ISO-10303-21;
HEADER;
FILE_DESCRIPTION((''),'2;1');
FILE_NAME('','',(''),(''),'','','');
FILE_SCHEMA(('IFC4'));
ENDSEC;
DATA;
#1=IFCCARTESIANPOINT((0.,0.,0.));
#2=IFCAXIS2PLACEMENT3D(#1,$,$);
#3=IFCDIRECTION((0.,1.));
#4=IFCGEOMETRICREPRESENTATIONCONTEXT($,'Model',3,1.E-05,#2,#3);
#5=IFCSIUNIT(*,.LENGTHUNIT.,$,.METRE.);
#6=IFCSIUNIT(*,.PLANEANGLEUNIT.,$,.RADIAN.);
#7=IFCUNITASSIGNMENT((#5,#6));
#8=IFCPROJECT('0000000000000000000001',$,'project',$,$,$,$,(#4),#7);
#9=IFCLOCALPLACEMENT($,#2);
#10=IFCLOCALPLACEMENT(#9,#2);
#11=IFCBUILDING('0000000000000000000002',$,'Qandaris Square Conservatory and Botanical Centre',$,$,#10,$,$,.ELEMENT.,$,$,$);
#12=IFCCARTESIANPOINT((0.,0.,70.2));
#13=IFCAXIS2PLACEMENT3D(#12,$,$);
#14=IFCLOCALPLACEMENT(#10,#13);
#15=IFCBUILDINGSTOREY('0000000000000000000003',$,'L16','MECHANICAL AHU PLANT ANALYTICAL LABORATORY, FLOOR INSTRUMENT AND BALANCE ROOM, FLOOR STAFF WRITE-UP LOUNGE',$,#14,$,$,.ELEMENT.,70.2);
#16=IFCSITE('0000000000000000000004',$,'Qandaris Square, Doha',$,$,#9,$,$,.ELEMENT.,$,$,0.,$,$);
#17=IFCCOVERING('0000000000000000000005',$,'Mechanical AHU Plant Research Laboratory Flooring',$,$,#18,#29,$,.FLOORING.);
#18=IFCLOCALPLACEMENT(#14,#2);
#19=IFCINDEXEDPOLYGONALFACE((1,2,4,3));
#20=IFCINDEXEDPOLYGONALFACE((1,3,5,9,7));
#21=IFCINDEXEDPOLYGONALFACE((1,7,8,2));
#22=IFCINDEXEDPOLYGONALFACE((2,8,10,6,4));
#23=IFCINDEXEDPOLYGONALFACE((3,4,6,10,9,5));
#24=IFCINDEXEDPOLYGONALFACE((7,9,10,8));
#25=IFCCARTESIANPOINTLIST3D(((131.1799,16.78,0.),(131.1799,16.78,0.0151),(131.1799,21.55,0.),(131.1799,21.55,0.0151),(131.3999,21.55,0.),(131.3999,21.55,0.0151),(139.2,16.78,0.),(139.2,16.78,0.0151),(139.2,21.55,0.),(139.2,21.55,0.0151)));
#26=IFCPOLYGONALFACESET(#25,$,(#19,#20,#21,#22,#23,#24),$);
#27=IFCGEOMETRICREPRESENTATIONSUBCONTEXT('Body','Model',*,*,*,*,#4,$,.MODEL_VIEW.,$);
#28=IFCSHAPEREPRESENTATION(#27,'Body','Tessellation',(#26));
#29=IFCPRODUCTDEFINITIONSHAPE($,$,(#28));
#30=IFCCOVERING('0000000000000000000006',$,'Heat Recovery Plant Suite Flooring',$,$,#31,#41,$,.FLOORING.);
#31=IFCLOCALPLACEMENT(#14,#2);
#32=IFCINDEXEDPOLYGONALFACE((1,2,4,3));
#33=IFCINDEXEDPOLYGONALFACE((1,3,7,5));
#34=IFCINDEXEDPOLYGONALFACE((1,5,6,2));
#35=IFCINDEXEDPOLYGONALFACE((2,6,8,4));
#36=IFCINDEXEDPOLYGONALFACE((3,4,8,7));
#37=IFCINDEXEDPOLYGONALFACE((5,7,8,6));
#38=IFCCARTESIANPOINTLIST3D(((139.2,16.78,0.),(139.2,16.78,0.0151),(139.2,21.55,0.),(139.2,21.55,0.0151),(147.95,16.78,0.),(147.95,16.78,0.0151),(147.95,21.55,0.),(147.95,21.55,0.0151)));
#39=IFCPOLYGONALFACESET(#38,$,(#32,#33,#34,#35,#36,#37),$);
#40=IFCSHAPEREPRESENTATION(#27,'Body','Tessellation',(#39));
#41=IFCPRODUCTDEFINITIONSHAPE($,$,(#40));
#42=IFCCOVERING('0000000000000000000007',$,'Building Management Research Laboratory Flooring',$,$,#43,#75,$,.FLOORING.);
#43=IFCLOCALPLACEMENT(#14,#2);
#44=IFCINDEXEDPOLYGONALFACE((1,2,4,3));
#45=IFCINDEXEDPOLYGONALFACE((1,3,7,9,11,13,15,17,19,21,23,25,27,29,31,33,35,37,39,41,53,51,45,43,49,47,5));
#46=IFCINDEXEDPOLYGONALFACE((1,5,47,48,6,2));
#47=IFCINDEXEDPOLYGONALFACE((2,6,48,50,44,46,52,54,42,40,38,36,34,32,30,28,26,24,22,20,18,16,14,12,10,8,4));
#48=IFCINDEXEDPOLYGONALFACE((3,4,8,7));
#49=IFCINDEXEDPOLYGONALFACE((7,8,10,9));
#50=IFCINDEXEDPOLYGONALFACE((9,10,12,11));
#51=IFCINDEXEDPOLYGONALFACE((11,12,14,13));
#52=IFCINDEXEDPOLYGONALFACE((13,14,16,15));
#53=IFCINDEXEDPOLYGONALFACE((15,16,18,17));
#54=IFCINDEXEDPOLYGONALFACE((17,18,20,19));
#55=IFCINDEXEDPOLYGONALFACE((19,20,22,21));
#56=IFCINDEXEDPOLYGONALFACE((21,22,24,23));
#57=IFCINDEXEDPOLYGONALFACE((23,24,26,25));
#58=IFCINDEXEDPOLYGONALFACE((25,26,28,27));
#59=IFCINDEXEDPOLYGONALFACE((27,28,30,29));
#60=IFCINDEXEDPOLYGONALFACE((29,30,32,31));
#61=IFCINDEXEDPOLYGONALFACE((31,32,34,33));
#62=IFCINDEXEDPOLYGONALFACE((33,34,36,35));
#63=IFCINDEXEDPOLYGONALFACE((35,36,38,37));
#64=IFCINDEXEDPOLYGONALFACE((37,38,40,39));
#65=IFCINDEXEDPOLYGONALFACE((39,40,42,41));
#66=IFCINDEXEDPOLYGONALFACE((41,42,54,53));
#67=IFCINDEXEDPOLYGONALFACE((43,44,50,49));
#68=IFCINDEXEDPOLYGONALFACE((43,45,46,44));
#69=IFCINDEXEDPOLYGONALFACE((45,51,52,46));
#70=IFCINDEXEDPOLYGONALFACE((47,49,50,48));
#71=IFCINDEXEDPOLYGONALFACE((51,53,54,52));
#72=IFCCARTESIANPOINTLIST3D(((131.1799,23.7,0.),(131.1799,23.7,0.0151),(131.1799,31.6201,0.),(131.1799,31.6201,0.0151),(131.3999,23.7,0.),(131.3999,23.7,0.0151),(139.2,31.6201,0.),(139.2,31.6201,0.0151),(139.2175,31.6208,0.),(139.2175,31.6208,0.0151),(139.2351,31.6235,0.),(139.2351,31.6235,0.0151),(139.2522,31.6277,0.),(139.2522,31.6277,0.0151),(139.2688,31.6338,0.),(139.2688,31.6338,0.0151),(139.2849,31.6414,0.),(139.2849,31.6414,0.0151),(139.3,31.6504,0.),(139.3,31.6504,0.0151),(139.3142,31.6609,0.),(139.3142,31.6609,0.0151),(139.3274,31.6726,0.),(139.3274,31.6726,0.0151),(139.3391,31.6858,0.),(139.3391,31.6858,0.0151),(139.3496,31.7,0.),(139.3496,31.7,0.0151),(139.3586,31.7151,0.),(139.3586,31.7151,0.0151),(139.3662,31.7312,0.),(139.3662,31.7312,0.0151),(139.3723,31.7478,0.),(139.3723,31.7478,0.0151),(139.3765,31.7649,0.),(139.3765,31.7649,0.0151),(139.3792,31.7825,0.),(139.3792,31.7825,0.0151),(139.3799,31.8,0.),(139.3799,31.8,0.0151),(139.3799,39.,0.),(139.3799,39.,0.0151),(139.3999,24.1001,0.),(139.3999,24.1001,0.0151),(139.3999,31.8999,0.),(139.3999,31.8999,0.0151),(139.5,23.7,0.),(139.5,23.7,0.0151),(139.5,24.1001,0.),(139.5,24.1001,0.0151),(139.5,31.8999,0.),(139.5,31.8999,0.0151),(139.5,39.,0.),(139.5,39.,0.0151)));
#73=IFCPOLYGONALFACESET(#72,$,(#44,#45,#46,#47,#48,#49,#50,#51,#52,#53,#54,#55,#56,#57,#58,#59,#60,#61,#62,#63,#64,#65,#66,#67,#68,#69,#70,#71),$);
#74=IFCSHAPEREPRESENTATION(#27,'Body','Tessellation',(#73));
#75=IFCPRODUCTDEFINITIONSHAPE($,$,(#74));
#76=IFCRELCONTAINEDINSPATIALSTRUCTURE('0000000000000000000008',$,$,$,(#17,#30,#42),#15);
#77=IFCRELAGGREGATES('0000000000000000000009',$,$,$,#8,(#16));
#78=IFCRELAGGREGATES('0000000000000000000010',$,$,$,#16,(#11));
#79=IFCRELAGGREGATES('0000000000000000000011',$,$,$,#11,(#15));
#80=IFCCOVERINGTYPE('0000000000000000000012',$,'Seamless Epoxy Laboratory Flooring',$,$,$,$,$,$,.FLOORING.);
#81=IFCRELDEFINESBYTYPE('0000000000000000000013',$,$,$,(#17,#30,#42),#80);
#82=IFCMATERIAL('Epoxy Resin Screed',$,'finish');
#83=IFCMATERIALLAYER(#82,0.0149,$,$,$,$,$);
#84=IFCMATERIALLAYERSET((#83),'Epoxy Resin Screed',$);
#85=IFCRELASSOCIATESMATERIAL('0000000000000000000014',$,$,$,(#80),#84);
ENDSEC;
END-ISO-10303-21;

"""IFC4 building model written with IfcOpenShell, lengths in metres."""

from ifc_helpers import new_model, si_unit, direction, frame, origin, place, context, subcontext, project, spatial, polyline, outline, extrude, material, layer, layer_set, type_object, element, save


model = new_model("IFC4")

# Units and contexts
model_context = context("Model", 3, precision=1e-05, world=origin(), true_north=direction((0.0, 1.0)))
body_context = subcontext(model_context, "Body", "Model", "MODEL_VIEW")
ifc_project = project(units=[si_unit("LENGTHUNIT", "METRE"), si_unit("PLANEANGLEUNIT", "RADIAN")], contexts=[model_context])

# Site, building, storey
site_placement = place(None, origin())
site = spatial("IfcSite", under=ifc_project, at=site_placement, Name="Qandaris Square, Doha", CompositionType="ELEMENT", RefElevation=0.0)
building_placement = place(site_placement, origin())
building = spatial("IfcBuilding", under=site, at=building_placement, Name="Qandaris Square Conservatory and Botanical Centre", CompositionType="ELEMENT")
storey_placement = place(building_placement, frame((0.0, 0.0, 70.2)))
storey = spatial("IfcBuildingStorey", under=building, at=storey_placement, Name="L16", Description="MECHANICAL AHU PLANT ANALYTICAL LABORATORY, FLOOR INSTRUMENT AND BALANCE ROOM, FLOOR STAFF WRITE-UP LOUNGE", CompositionType="ELEMENT", Elevation=70.2)

# Coverings
ifc_material_1 = material(Name="Epoxy Resin Screed", Category="finish")
ifc_layer_1 = layer(ifc_material_1, 0.0149)
ifc_layer_set_1 = layer_set([ifc_layer_1], Name="Epoxy Resin Screed")
covering_type_1 = type_object("IfcCoveringType", Name="Seamless Epoxy Laboratory Flooring", PredefinedType="FLOORING", material=ifc_layer_set_1)
covering_1_placement = place(storey_placement, origin())
element("IfcCovering", 1, at=covering_1_placement, inside=storey, type_object=covering_type_1, Name="Mechanical AHU Plant Research Laboratory Flooring", PredefinedType="FLOORING", context=body_context, shape_type="SweptSolid", body=[
    extrude(outline(polyline([(131.1799, 16.78), (131.1799, 21.55), (131.3999, 21.55), (139.2, 21.55), (139.2, 16.78), (131.1799, 16.78)])), origin(), (0.0, 0.0, 1.0), 0.0151),
])
covering_2_placement = place(storey_placement, origin())
element("IfcCovering", 2, at=covering_2_placement, inside=storey, type_object=covering_type_1, Name="Heat Recovery Plant Suite Flooring", PredefinedType="FLOORING", context=body_context, shape_type="SweptSolid", body=[
    extrude(outline(polyline([(139.2, 16.78), (139.2, 21.55), (147.95, 21.55), (147.95, 16.78), (139.2, 16.78)])), origin(), (0.0, 0.0, 1.0), 0.0151),
])
covering_3_placement = place(storey_placement, origin())
element("IfcCovering", 3, at=covering_3_placement, inside=storey, type_object=covering_type_1, Name="Building Management Research Laboratory Flooring", PredefinedType="FLOORING", context=body_context, shape_type="SweptSolid", body=[
    extrude(outline(polyline([(139.2351, 31.6235), (139.2522, 31.6277), (139.2688, 31.6338), (139.2849, 31.6414), (139.3, 31.6504), (139.3142, 31.6609), (139.3274, 31.6726), (139.3391, 31.6858), (139.3496, 31.7), (139.3586, 31.7151), (139.3662, 31.7312), (139.3723, 31.7478), (139.3765, 31.7649), (139.3792, 31.7825), (139.3799, 31.8), (139.3799, 39.0), (139.5, 39.0), (139.5, 31.8999), (139.3999, 31.8999), (139.3999, 24.1001), (139.5, 24.1001), (139.5, 23.7), (131.3999, 23.7), (131.1799, 23.7), (131.1799, 31.6201), (139.2, 31.6201), (139.2175, 31.6208), (139.2351, 31.6235)])), origin(), (0.0, 0.0, 1.0), 0.0151),
])

save(model, "model.ifc")
